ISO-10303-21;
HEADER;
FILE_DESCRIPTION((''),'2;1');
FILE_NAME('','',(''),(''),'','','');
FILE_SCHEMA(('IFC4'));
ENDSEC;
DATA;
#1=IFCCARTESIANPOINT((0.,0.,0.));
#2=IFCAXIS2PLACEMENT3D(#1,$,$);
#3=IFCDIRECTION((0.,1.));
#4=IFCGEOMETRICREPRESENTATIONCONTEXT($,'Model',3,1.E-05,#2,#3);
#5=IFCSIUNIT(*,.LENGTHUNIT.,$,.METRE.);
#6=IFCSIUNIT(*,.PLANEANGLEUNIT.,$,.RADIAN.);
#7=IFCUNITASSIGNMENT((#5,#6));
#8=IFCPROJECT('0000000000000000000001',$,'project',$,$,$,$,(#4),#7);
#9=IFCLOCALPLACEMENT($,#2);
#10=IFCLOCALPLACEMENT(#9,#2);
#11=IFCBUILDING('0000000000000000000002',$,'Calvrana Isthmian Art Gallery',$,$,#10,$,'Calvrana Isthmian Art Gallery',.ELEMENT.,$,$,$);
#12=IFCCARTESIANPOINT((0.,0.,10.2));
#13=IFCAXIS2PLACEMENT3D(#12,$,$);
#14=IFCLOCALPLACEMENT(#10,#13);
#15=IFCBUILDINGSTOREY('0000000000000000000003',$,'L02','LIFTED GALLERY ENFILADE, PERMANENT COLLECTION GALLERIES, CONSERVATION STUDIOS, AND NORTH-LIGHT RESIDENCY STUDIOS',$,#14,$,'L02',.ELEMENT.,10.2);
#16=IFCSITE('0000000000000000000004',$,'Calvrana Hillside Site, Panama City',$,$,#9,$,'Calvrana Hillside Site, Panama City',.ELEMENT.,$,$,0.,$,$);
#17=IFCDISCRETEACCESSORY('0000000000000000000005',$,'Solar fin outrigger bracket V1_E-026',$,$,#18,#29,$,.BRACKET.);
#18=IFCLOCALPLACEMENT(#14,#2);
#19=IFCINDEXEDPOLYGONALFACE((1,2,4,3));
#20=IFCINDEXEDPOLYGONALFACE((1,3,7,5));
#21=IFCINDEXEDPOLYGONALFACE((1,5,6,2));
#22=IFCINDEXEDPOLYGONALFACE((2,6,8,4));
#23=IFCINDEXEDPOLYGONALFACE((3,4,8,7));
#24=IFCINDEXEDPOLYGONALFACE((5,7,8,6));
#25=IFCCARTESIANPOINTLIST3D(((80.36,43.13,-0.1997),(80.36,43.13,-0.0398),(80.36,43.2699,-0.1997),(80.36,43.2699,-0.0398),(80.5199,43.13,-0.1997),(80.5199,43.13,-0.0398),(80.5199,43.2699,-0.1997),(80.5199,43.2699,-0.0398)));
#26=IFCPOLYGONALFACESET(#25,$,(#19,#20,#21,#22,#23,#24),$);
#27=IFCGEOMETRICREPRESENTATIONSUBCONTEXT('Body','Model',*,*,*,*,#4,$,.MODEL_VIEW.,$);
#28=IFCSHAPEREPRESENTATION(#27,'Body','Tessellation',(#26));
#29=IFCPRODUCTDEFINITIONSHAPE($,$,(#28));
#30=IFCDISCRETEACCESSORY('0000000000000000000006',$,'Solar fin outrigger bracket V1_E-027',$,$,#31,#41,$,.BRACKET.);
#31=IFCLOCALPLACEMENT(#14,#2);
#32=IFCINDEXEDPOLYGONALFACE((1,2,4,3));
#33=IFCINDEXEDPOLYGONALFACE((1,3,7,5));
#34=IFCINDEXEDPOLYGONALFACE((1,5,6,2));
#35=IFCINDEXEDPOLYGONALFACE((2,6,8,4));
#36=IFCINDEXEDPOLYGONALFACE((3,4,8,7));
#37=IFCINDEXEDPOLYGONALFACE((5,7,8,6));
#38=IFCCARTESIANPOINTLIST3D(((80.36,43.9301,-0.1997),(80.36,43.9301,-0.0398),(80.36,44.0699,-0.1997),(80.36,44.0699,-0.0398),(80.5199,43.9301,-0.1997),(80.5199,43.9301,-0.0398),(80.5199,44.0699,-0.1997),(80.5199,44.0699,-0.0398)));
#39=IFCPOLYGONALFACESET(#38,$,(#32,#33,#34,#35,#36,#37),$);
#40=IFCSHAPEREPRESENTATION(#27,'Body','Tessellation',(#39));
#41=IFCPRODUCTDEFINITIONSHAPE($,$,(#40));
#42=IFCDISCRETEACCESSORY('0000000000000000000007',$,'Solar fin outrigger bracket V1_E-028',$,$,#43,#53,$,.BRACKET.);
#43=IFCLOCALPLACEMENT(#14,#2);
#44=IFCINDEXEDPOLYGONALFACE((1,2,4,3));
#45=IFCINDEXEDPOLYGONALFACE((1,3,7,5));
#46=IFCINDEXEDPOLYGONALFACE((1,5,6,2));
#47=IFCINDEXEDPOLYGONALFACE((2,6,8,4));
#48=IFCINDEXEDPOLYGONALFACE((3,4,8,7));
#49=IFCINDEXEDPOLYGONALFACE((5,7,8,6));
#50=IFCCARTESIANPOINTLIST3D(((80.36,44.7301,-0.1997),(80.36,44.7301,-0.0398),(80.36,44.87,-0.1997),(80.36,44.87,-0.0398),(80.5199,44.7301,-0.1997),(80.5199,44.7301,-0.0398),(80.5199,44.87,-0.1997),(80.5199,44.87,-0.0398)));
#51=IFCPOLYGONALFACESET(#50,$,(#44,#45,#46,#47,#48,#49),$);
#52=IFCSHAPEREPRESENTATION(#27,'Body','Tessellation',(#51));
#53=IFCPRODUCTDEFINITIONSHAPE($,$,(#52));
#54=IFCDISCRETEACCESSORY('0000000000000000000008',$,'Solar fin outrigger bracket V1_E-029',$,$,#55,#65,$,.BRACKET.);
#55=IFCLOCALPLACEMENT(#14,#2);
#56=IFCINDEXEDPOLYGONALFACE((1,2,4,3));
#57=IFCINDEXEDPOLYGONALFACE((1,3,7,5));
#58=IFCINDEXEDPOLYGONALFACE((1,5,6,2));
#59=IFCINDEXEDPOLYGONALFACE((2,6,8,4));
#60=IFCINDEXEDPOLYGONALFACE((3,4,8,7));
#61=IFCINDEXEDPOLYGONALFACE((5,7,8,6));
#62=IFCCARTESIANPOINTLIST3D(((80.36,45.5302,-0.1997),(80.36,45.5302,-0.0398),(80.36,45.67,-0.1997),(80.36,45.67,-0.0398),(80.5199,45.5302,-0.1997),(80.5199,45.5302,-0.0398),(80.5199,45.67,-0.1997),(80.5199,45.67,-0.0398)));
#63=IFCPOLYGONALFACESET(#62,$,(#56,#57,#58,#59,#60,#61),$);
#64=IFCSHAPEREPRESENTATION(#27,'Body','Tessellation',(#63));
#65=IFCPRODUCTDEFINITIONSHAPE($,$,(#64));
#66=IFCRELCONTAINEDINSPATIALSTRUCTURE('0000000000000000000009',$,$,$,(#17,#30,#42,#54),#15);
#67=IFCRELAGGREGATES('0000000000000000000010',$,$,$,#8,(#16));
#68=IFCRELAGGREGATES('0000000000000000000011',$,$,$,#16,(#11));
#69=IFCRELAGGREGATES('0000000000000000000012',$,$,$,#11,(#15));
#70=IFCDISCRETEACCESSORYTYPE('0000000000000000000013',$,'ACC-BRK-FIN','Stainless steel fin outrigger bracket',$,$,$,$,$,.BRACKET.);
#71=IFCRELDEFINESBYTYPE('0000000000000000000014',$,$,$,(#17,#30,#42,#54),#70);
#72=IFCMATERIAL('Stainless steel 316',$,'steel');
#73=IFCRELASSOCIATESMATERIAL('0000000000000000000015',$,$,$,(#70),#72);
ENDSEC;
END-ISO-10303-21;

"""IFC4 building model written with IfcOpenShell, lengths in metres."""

from ifc_helpers import new_model, si_unit, direction, frame, origin, origin_2d, place, context, subcontext, project, spatial, rectangle, extrude, material, type_object, element, save


model = new_model("IFC4")

# Units and contexts
model_context = context("Model", 3, precision=1e-05, world=origin(), true_north=direction((0.0, 1.0)))
body_context = subcontext(model_context, "Body", "Model", "MODEL_VIEW")
ifc_project = project(units=[si_unit("LENGTHUNIT", "METRE"), si_unit("PLANEANGLEUNIT", "RADIAN")], contexts=[model_context])

# Site, building, storey
site_placement = place(None, origin())
site = spatial("IfcSite", under=ifc_project, at=site_placement, Name="Calvrana Hillside Site, Panama City", LongName="Calvrana Hillside Site, Panama City", CompositionType="ELEMENT", RefElevation=0.0)
building_placement = place(site_placement, origin())
building = spatial("IfcBuilding", under=site, at=building_placement, Name="Calvrana Isthmian Art Gallery", LongName="Calvrana Isthmian Art Gallery", CompositionType="ELEMENT")
storey_placement = place(building_placement, frame((0.0, 0.0, 10.2)))
storey = spatial("IfcBuildingStorey", under=building, at=storey_placement, Name="L02", Description="LIFTED GALLERY ENFILADE, PERMANENT COLLECTION GALLERIES, CONSERVATION STUDIOS, AND NORTH-LIGHT RESIDENCY STUDIOS", LongName="L02", CompositionType="ELEMENT", Elevation=10.2)

# Discrete accessories
ifc_material_1 = material(Name="Stainless steel 316", Category="steel")
discrete_accessory_type = type_object("IfcDiscreteAccessoryType", Name="ACC-BRK-FIN", Description="Stainless steel fin outrigger bracket", PredefinedType="BRACKET", material=ifc_material_1)
for number, where, z_axis, x_axis, name in (
    (1, (80.4399, 43.2, -0.1997), (0.0, 0.0, 1.0), (1.0, 0.0, 0.0), "Solar fin outrigger bracket V1_E-026"),
    (2, (80.4399, 44.0, -0.1997), (0.0, 0.0, 1.0), (1.0, 0.0, 0.0), "Solar fin outrigger bracket V1_E-027"),
    (3, (80.4399, 44.8, -0.1997), (0.0, 0.0, 1.0), (1.0, 0.0, 0.0), "Solar fin outrigger bracket V1_E-028"),
    (4, (80.4399, 45.6001, -0.1997), (0.0, 0.0, 1.0), (1.0, 0.0, 0.0), "Solar fin outrigger bracket V1_E-029"),
):
    element("IfcDiscreteAccessory", number, at=place(storey_placement, frame(where, z_axis=z_axis, x_axis=x_axis)), inside=storey, type_object=discrete_accessory_type, Name=name, PredefinedType="BRACKET", context=body_context, shape_type="SweptSolid", body=[
        extrude(rectangle(XDim=0.1599, YDim=0.1399, at=origin_2d()), origin(), (0.0, 0.0, 1.0), 0.1599),
    ])

save(model, "model.ifc")
